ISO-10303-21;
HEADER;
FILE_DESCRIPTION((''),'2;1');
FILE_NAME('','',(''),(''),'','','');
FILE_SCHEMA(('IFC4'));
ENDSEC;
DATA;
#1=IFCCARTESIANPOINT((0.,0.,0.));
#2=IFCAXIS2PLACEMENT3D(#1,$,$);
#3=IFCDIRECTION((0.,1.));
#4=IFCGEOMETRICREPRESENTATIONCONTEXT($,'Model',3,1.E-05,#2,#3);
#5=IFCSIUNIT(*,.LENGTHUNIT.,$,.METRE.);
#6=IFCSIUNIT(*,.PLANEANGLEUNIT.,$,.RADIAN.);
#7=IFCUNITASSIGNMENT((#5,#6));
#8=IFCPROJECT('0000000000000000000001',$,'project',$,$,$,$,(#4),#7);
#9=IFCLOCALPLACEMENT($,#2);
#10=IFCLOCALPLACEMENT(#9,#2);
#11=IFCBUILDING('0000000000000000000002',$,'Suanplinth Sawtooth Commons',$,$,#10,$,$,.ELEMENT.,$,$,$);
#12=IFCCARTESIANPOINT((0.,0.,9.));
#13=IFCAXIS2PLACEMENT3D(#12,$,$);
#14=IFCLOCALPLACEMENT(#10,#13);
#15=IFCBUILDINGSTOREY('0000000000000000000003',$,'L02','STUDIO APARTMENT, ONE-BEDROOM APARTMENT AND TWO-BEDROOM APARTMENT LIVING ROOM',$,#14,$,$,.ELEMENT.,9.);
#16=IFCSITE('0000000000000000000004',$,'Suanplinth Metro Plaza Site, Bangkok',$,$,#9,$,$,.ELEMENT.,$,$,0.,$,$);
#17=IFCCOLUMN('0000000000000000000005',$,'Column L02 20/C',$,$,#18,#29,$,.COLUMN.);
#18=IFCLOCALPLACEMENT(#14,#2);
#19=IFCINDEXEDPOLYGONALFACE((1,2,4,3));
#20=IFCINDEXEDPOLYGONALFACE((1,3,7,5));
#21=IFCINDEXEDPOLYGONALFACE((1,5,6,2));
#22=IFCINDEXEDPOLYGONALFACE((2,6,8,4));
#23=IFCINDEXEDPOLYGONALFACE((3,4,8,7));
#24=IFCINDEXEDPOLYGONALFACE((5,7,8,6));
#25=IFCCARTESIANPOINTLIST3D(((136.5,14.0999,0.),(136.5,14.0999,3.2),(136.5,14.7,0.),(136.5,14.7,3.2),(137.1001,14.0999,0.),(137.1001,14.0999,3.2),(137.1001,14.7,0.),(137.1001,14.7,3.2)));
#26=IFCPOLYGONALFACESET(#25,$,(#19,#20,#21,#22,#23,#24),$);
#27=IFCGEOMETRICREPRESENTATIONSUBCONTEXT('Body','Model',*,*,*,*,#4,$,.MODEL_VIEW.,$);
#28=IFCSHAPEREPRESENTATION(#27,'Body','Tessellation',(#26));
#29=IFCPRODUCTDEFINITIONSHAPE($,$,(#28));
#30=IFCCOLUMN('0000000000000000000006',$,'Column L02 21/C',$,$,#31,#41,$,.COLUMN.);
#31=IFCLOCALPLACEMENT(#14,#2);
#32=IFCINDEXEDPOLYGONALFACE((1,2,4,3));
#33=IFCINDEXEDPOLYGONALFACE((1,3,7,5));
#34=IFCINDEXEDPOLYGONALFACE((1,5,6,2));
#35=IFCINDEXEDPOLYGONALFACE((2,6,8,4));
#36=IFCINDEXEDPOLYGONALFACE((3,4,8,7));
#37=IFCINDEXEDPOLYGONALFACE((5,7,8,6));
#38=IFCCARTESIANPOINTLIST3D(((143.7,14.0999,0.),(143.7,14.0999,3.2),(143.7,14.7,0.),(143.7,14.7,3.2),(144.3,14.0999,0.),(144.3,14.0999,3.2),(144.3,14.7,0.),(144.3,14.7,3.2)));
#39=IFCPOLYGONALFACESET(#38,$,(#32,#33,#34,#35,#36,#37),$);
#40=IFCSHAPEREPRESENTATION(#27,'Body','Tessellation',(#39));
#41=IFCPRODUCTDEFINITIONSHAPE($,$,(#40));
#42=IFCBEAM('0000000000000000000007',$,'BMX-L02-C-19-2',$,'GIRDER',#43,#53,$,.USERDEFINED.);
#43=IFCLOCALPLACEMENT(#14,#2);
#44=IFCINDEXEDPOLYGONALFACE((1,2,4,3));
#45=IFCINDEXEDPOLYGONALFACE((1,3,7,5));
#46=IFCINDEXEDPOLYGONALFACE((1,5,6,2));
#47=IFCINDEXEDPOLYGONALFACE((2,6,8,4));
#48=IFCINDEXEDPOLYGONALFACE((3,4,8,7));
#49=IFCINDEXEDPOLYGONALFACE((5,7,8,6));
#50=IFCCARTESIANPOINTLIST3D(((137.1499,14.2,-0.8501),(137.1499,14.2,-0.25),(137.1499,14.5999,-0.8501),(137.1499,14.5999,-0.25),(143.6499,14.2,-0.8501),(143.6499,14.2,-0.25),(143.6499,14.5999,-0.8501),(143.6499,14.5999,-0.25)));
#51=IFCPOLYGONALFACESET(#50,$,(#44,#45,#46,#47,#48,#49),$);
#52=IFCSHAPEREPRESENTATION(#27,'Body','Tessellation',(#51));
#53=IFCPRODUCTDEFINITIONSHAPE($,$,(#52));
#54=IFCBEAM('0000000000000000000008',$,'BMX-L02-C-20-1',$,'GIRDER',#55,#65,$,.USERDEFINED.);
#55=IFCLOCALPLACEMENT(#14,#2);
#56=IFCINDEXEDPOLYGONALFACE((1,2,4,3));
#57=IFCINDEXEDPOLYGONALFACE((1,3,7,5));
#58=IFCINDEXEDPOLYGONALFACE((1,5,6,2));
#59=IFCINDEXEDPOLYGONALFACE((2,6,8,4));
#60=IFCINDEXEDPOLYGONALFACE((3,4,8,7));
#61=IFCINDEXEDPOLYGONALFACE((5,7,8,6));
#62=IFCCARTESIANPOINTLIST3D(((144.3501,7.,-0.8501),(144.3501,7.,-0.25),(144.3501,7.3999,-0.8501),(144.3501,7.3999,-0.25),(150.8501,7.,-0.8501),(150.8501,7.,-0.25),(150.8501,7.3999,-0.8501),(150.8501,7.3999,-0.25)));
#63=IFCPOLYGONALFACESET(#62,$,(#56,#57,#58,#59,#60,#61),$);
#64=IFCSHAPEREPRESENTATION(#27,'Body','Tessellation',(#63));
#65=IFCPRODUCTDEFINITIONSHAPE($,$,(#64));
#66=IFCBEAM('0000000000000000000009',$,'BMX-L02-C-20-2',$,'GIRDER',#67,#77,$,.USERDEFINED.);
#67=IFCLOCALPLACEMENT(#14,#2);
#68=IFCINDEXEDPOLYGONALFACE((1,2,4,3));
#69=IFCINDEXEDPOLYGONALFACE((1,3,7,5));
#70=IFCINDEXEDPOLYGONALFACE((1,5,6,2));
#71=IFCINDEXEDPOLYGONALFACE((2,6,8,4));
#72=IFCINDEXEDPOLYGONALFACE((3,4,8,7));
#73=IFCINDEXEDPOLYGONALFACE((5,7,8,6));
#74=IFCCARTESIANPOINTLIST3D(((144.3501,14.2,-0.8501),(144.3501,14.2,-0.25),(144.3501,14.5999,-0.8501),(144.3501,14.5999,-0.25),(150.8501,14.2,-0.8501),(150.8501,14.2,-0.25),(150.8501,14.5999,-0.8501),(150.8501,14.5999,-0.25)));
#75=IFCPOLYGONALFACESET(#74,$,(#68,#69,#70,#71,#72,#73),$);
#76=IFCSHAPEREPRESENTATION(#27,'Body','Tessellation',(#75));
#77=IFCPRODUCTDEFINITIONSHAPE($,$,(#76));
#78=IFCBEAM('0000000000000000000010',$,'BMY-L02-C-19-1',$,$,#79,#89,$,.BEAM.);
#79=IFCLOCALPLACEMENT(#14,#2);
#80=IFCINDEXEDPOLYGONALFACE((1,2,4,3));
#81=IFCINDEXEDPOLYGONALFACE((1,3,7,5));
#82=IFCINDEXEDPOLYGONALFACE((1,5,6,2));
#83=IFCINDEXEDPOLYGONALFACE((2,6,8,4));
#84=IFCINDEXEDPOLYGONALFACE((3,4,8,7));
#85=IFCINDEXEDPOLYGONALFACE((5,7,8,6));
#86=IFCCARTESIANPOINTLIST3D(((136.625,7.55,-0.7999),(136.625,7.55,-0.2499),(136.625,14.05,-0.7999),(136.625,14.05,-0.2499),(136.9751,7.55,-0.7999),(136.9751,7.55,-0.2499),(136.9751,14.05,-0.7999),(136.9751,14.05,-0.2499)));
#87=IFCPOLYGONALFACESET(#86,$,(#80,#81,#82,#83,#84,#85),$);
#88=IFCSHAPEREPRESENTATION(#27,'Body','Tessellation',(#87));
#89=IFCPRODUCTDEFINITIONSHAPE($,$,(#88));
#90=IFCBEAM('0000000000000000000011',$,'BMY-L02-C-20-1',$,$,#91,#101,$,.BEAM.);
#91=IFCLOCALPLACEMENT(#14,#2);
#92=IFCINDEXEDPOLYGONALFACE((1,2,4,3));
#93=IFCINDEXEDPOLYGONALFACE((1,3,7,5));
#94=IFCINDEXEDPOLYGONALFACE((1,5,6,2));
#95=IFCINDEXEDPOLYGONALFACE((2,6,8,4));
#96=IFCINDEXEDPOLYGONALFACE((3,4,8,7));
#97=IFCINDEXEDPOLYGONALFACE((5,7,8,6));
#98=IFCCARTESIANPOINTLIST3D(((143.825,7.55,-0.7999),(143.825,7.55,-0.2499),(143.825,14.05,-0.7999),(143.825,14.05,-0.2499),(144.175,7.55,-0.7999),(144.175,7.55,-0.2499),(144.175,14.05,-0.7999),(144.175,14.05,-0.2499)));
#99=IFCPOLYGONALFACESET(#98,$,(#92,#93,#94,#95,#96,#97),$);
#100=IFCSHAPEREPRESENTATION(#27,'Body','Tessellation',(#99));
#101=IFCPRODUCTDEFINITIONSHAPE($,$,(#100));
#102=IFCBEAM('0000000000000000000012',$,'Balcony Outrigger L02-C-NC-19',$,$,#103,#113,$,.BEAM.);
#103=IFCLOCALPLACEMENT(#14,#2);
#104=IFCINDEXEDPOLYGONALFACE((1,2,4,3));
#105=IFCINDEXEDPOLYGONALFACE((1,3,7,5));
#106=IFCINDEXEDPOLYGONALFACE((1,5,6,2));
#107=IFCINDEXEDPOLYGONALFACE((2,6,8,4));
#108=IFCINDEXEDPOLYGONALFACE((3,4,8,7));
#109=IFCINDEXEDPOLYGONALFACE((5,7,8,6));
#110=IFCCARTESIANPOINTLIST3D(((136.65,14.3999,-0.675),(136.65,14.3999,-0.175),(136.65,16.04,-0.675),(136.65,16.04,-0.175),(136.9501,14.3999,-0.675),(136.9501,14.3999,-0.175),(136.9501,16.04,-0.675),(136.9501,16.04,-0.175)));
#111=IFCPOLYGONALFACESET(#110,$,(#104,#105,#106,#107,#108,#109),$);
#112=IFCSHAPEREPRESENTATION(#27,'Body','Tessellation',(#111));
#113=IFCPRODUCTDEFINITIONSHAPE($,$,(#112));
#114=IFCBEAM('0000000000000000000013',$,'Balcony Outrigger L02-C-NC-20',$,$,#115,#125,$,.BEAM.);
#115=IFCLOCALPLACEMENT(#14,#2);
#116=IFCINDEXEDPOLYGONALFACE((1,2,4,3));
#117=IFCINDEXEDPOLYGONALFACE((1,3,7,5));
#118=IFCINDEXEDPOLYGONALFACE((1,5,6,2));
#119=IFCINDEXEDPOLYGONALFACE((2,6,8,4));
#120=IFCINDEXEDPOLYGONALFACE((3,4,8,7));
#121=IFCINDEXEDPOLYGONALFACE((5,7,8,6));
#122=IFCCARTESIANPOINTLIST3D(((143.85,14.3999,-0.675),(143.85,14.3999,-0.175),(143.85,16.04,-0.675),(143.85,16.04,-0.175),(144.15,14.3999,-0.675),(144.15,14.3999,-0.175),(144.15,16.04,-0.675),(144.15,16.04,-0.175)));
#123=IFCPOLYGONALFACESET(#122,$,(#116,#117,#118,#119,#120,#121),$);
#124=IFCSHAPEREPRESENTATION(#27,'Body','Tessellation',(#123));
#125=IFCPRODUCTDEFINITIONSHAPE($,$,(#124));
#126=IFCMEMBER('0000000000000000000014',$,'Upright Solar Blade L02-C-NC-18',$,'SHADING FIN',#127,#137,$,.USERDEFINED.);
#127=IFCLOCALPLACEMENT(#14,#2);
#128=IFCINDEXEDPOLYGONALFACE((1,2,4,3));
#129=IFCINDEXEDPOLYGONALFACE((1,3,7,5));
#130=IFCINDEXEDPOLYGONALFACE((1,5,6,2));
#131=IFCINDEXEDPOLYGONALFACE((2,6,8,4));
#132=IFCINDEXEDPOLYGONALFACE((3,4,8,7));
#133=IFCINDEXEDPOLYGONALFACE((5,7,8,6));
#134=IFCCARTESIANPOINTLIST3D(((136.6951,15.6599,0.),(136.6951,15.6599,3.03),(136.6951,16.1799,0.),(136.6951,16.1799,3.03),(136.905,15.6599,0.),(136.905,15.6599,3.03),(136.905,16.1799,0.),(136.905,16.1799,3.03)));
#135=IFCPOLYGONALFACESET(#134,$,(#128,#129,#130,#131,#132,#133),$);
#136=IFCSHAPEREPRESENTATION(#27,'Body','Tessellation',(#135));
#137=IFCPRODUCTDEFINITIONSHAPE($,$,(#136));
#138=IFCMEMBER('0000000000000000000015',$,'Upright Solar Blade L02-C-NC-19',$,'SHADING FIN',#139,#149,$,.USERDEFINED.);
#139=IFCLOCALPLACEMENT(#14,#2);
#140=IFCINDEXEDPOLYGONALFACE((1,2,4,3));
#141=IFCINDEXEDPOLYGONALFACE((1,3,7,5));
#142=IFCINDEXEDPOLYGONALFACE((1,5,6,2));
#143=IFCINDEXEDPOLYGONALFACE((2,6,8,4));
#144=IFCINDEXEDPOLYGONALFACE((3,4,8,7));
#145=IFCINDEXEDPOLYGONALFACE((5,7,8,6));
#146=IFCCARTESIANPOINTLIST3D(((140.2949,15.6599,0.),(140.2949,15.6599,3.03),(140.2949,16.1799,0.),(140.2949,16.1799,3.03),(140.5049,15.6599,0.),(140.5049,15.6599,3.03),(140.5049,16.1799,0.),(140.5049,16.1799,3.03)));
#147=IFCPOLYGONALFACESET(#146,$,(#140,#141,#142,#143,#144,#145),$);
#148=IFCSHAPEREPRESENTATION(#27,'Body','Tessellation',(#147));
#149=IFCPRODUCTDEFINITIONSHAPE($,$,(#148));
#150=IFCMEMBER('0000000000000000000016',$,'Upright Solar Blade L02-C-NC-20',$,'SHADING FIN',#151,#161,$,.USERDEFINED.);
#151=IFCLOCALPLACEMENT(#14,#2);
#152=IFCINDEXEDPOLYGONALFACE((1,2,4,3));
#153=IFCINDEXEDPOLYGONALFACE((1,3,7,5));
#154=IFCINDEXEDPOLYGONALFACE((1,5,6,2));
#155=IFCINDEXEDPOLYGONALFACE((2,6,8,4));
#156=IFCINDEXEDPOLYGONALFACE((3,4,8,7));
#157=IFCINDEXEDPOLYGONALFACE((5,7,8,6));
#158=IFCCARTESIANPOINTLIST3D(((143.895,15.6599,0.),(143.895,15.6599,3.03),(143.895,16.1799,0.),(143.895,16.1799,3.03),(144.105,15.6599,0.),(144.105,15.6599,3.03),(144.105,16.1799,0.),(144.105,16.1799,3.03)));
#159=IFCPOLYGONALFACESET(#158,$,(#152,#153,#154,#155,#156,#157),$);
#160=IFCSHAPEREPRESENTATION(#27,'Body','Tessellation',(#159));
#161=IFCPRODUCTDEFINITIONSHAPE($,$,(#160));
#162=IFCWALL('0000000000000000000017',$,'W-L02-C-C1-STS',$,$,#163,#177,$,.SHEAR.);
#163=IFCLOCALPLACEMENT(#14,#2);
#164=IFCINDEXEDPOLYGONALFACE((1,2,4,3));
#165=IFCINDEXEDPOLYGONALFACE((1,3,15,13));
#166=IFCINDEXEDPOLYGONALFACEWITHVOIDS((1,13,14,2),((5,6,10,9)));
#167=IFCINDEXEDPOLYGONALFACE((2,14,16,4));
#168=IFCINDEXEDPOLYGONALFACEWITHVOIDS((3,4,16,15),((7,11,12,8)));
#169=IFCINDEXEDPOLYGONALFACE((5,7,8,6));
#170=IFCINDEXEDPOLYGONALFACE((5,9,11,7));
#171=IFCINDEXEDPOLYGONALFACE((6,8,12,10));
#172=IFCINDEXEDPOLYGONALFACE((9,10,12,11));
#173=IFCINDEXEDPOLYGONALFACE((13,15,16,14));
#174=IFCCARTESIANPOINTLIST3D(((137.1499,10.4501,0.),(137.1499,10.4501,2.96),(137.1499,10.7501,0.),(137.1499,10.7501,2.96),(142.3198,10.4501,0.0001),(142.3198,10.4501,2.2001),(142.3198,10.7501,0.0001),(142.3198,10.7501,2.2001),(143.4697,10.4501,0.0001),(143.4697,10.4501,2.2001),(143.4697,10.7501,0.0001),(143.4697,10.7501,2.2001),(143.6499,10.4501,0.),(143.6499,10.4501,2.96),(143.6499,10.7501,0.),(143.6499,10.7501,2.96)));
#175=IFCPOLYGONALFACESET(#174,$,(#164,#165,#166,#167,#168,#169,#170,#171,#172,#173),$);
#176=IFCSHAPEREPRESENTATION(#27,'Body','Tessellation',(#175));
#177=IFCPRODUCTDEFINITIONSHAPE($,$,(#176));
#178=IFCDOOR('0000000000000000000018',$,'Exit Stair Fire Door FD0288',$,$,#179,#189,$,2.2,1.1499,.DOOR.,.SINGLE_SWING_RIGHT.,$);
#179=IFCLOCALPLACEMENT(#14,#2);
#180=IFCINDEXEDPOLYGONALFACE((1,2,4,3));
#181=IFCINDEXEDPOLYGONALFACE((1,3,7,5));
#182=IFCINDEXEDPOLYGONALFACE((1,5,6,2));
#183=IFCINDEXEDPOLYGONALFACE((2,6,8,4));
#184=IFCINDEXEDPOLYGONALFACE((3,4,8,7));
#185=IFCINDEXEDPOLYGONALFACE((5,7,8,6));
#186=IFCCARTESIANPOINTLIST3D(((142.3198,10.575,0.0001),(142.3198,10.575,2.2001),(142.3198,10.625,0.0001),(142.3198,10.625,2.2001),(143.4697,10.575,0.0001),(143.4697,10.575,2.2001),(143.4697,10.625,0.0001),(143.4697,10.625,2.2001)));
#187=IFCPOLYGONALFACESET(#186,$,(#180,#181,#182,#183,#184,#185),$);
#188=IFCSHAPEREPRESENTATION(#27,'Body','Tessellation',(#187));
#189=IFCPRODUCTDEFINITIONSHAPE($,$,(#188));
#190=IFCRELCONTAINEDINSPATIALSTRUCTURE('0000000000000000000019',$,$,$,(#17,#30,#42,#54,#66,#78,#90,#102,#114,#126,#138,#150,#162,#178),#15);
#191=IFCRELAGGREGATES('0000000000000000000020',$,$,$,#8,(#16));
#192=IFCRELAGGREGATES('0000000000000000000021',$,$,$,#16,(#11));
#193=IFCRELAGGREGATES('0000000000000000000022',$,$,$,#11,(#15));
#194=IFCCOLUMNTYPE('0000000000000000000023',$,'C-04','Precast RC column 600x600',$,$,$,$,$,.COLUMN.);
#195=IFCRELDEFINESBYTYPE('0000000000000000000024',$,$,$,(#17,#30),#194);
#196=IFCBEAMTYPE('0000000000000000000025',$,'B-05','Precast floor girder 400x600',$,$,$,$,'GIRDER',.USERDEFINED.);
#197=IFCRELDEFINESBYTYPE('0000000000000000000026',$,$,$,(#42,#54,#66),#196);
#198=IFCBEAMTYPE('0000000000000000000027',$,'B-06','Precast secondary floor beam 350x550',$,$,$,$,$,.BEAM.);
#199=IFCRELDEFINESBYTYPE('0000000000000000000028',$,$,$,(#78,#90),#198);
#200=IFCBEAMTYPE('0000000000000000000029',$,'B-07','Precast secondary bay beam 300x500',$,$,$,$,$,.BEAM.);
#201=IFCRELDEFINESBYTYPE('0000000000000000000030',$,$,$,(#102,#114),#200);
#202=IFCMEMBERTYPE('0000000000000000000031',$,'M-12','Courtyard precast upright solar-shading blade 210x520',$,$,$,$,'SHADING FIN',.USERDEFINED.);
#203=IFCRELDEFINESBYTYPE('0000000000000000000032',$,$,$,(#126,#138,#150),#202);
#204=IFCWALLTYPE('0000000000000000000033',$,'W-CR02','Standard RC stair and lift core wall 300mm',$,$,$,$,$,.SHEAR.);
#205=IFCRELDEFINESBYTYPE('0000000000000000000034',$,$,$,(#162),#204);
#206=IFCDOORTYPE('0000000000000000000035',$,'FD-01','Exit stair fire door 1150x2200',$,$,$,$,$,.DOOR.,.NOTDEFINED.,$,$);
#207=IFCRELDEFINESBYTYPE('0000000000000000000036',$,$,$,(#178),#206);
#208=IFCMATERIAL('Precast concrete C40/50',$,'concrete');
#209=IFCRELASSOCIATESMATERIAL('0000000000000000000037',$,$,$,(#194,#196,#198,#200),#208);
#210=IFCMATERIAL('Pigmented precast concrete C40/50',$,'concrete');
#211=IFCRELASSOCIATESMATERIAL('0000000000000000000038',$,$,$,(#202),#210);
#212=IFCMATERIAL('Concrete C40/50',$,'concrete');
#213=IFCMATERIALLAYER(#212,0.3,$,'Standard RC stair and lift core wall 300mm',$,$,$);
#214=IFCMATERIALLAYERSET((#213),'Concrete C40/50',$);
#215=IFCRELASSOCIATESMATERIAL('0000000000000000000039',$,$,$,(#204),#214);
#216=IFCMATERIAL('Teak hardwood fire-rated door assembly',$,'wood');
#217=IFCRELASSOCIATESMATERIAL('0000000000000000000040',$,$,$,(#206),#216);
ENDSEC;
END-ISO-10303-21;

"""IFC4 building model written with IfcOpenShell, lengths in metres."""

from ifc_helpers import new_model, si_unit, direction, frame, frame_2d, origin, origin_2d, place, context, subcontext, project, spatial, rectangle, extrude, material, layer, layer_set, material_profile, profile_set, type_object, element, fill, save


model = new_model("IFC4")

# Units and contexts
model_context = context("Model", 3, precision=1e-05, world=origin(), true_north=direction((0.0, 1.0)))
body_context = subcontext(model_context, "Body", "Model", "MODEL_VIEW")
ifc_project = project(units=[si_unit("LENGTHUNIT", "METRE"), si_unit("PLANEANGLEUNIT", "RADIAN")], contexts=[model_context])

# Site, building, storey
site_placement = place(None, origin())
site = spatial("IfcSite", under=ifc_project, at=site_placement, Name="Suanplinth Metro Plaza Site, Bangkok", CompositionType="ELEMENT", RefElevation=0.0)
building_placement = place(site_placement, origin())
building = spatial("IfcBuilding", under=site, at=building_placement, Name="Suanplinth Sawtooth Commons", CompositionType="ELEMENT")
storey_placement = place(building_placement, frame((0.0, 0.0, 9.0)))
storey = spatial("IfcBuildingStorey", under=building, at=storey_placement, Name="L02", Description="STUDIO APARTMENT, ONE-BEDROOM APARTMENT AND TWO-BEDROOM APARTMENT LIVING ROOM", CompositionType="ELEMENT", Elevation=9.0)

# Columns
ifc_material_1 = material(Name="Precast concrete C40/50", Category="concrete")
ifc_material_profile_1 = material_profile(ifc_material_1, rectangle(XDim=0.6001, YDim=0.6001, at=origin_2d()), Name="PC-COL 600x600")
ifc_profile_set_1 = profile_set([ifc_material_profile_1], Name="Precast concrete C40/50")
column_type = type_object("IfcColumnType", Name="C-04", Description="Precast RC column 600x600", PredefinedType="COLUMN", material=ifc_profile_set_1)
for number, where, z_axis, x_axis, name in (
    (1, (136.8, 14.3999, 0.0), (0.0, 0.0, 1.0), (1.0, 0.0, 0.0), "Column L02 20/C"),
    (2, (144.0, 14.3999, 0.0), (0.0, 0.0, 1.0), (1.0, 0.0, 0.0), "Column L02 21/C"),
):
    element("IfcColumn", number, at=place(storey_placement, frame(where, z_axis=z_axis, x_axis=x_axis)), inside=storey, type_object=column_type, Name=name, PredefinedType="COLUMN", context=body_context, shape_type="SweptSolid", body=[
        extrude(rectangle(XDim=0.6001, YDim=0.6001, at=origin_2d()), origin(), (0.0, 0.0, 1.0), 3.2),
    ])

# Beams
ifc_material_profile_2 = material_profile(ifc_material_1, rectangle(XDim=0.3999, YDim=0.6001, at=origin_2d()), Name="PC-GDR 400x600")
ifc_profile_set_2 = profile_set([ifc_material_profile_2], Name="Precast concrete C40/50")
beam_type_1 = type_object("IfcBeamType", Name="B-05", Description="Precast floor girder 400x600", ElementType="GIRDER", PredefinedType="USERDEFINED", material=ifc_profile_set_2)
for number, where, z_axis, x_axis, name in (
    (3, (137.1499, 14.3999, -0.55), (1.0, 0.0, 0.0), (0.0, 1.0, 0.0), "BMX-L02-C-19-2"),
    (4, (144.3501, 7.2, -0.55), (1.0, 0.0, 0.0), (0.0, 1.0, 0.0), "BMX-L02-C-20-1"),
    (5, (144.3501, 14.3999, -0.55), (1.0, 0.0, 0.0), (0.0, 1.0, 0.0), "BMX-L02-C-20-2"),
):
    element("IfcBeam", number, at=place(storey_placement, frame(where, z_axis=z_axis, x_axis=x_axis)), inside=storey, type_object=beam_type_1, Name=name, ObjectType="GIRDER", PredefinedType="USERDEFINED", context=body_context, shape_type="SweptSolid", body=[
        extrude(rectangle(XDim=0.3999, YDim=0.6001, at=origin_2d()), origin(), (0.0, 0.0, 1.0), 6.5),
    ])
ifc_material_profile_3 = material_profile(ifc_material_1, rectangle(XDim=0.3501, YDim=0.55, at=origin_2d()), Name="PC-BM 350x550")
ifc_profile_set_3 = profile_set([ifc_material_profile_3], Name="Precast concrete C40/50")
beam_type_2 = type_object("IfcBeamType", Name="B-06", Description="Precast secondary floor beam 350x550", PredefinedType="BEAM", material=ifc_profile_set_3)
for number, where, z_axis, x_axis, name in (
    (6, (136.8, 7.55, -0.5249), (0.0, 1.0, 0.0), (-1.0, 0.0, 0.0), "BMY-L02-C-19-1"),
    (7, (144.0, 7.55, -0.5249), (0.0, 1.0, 0.0), (-1.0, 0.0, 0.0), "BMY-L02-C-20-1"),
):
    element("IfcBeam", number, at=place(storey_placement, frame(where, z_axis=z_axis, x_axis=x_axis)), inside=storey, type_object=beam_type_2, Name=name, PredefinedType="BEAM", context=body_context, shape_type="SweptSolid", body=[
        extrude(rectangle(XDim=0.3501, YDim=0.55, at=origin_2d()), origin(), (0.0, 0.0, 1.0), 6.5),
    ])
ifc_material_profile_4 = material_profile(ifc_material_1, rectangle(XDim=0.3, YDim=0.5, at=origin_2d()), Name="PC-BM 300x500")
ifc_profile_set_4 = profile_set([ifc_material_profile_4], Name="Precast concrete C40/50")
beam_type_3 = type_object("IfcBeamType", Name="B-07", Description="Precast secondary bay beam 300x500", PredefinedType="BEAM", material=ifc_profile_set_4)
for number, where, z_axis, x_axis, name in (
    (8, (136.8, 14.3999, -0.425), (0.0, 1.0, 0.0), (-1.0, 0.0, 0.0), "Balcony Outrigger L02-C-NC-19"),
    (9, (144.0, 14.3999, -0.425), (0.0, 1.0, 0.0), (-1.0, 0.0, 0.0), "Balcony Outrigger L02-C-NC-20"),
):
    element("IfcBeam", number, at=place(storey_placement, frame(where, z_axis=z_axis, x_axis=x_axis)), inside=storey, type_object=beam_type_3, Name=name, PredefinedType="BEAM", context=body_context, shape_type="SweptSolid", body=[
        extrude(rectangle(XDim=0.3, YDim=0.5, at=origin_2d()), origin(), (0.0, 0.0, 1.0), 1.6401),
    ])

# Members
ifc_material_2 = material(Name="Pigmented precast concrete C40/50", Category="concrete")
ifc_material_profile_5 = material_profile(ifc_material_2, rectangle(XDim=0.21, YDim=0.52, at=origin_2d()), Name="PC-FIN 210x520")
ifc_profile_set_5 = profile_set([ifc_material_profile_5], Name="Pigmented precast concrete C40/50")
member_type = type_object("IfcMemberType", Name="M-12", Description="Courtyard precast upright solar-shading blade 210x520", ElementType="SHADING FIN", PredefinedType="USERDEFINED", material=ifc_profile_set_5)
for number, where, z_axis, x_axis, name in (
    (10, (136.8, 15.9199, 0.0), (0.0, 0.0, 1.0), (1.0, 0.0, 0.0), "Upright Solar Blade L02-C-NC-18"),
    (11, (140.3999, 15.9199, 0.0), (0.0, 0.0, 1.0), (1.0, 0.0, 0.0), "Upright Solar Blade L02-C-NC-19"),
    (12, (144.0, 15.9199, 0.0), (0.0, 0.0, 1.0), (1.0, 0.0, 0.0), "Upright Solar Blade L02-C-NC-20"),
):
    element("IfcMember", number, at=place(storey_placement, frame(where, z_axis=z_axis, x_axis=x_axis)), inside=storey, type_object=member_type, Name=name, ObjectType="SHADING FIN", PredefinedType="USERDEFINED", context=body_context, shape_type="SweptSolid", body=[
        extrude(rectangle(XDim=0.21, YDim=0.52, at=origin_2d()), origin(), (0.0, 0.0, 1.0), 3.03),
    ])

# Wall, opening, door
ifc_material_3 = material(Name="Concrete C40/50", Category="concrete")
ifc_layer_1 = layer(ifc_material_3, 0.3, Name="Standard RC stair and lift core wall 300mm")
ifc_layer_set_1 = layer_set([ifc_layer_1], Name="Concrete C40/50")
wall_type_1 = type_object("IfcWallType", Name="W-CR02", Description="Standard RC stair and lift core wall 300mm", PredefinedType="SHEAR", material=ifc_layer_set_1)
wall_1_placement = place(storey_placement, frame((137.1499, 10.6001, 0.0), z_axis=(0.0, 0.0, 1.0), x_axis=(1.0, 0.0, 0.0)))
wall_1 = element("IfcWall", 13, at=wall_1_placement, inside=storey, type_object=wall_type_1, Name="W-L02-C-C1-STS", PredefinedType="SHEAR", context=body_context, shape_type="SweptSolid", body=[
    extrude(rectangle(XDim=6.5, YDim=0.3, at=frame_2d((3.25, 0.0))), origin(), (0.0, 0.0, 1.0), 2.96),
])
opening_1_placement = place(wall_1_placement, frame((5.1699, 0.0, 0.0)))
opening_1 = element("IfcOpeningElement", 14, at=opening_1_placement, cuts=wall_1, PredefinedType="OPENING", context=body_context, shape_type="SweptSolid", body=[
    extrude(rectangle(XDim=1.1499, YDim=2.2, at=frame_2d((0.575, 1.1001))), frame((0.0, 0.165, 0.0), z_axis=(0.0, -1.0, 0.0), x_axis=(1.0, 0.0, 0.0)), (0.0, 0.0, 1.0), 0.3298),
])
ifc_material_4 = material(Name="Teak hardwood fire-rated door assembly", Category="wood")
door_type_1 = type_object("IfcDoorType", Name="FD-01", Description="Exit stair fire door 1150x2200", OperationType="NOTDEFINED", PredefinedType="DOOR", material=ifc_material_4)
door_1_placement = place(opening_1_placement, origin())
door_1 = element("IfcDoor", 15, at=door_1_placement, inside=storey, type_object=door_type_1, Name="Exit Stair Fire Door FD0288", OperationType="SINGLE_SWING_RIGHT", OverallHeight=2.2, OverallWidth=1.1499, PredefinedType="DOOR", context=body_context, shape_type="SweptSolid", body=[
    extrude(rectangle(XDim=1.1499, YDim=2.2, at=frame_2d((0.575, 1.1001))), frame((0.0, 0.0249, 0.0), z_axis=(0.0, -1.0, 0.0), x_axis=(1.0, 0.0, 0.0)), (0.0, 0.0, 1.0), 0.05),
])
fill(opening_1, door_1)

save(model, "model.ifc")
